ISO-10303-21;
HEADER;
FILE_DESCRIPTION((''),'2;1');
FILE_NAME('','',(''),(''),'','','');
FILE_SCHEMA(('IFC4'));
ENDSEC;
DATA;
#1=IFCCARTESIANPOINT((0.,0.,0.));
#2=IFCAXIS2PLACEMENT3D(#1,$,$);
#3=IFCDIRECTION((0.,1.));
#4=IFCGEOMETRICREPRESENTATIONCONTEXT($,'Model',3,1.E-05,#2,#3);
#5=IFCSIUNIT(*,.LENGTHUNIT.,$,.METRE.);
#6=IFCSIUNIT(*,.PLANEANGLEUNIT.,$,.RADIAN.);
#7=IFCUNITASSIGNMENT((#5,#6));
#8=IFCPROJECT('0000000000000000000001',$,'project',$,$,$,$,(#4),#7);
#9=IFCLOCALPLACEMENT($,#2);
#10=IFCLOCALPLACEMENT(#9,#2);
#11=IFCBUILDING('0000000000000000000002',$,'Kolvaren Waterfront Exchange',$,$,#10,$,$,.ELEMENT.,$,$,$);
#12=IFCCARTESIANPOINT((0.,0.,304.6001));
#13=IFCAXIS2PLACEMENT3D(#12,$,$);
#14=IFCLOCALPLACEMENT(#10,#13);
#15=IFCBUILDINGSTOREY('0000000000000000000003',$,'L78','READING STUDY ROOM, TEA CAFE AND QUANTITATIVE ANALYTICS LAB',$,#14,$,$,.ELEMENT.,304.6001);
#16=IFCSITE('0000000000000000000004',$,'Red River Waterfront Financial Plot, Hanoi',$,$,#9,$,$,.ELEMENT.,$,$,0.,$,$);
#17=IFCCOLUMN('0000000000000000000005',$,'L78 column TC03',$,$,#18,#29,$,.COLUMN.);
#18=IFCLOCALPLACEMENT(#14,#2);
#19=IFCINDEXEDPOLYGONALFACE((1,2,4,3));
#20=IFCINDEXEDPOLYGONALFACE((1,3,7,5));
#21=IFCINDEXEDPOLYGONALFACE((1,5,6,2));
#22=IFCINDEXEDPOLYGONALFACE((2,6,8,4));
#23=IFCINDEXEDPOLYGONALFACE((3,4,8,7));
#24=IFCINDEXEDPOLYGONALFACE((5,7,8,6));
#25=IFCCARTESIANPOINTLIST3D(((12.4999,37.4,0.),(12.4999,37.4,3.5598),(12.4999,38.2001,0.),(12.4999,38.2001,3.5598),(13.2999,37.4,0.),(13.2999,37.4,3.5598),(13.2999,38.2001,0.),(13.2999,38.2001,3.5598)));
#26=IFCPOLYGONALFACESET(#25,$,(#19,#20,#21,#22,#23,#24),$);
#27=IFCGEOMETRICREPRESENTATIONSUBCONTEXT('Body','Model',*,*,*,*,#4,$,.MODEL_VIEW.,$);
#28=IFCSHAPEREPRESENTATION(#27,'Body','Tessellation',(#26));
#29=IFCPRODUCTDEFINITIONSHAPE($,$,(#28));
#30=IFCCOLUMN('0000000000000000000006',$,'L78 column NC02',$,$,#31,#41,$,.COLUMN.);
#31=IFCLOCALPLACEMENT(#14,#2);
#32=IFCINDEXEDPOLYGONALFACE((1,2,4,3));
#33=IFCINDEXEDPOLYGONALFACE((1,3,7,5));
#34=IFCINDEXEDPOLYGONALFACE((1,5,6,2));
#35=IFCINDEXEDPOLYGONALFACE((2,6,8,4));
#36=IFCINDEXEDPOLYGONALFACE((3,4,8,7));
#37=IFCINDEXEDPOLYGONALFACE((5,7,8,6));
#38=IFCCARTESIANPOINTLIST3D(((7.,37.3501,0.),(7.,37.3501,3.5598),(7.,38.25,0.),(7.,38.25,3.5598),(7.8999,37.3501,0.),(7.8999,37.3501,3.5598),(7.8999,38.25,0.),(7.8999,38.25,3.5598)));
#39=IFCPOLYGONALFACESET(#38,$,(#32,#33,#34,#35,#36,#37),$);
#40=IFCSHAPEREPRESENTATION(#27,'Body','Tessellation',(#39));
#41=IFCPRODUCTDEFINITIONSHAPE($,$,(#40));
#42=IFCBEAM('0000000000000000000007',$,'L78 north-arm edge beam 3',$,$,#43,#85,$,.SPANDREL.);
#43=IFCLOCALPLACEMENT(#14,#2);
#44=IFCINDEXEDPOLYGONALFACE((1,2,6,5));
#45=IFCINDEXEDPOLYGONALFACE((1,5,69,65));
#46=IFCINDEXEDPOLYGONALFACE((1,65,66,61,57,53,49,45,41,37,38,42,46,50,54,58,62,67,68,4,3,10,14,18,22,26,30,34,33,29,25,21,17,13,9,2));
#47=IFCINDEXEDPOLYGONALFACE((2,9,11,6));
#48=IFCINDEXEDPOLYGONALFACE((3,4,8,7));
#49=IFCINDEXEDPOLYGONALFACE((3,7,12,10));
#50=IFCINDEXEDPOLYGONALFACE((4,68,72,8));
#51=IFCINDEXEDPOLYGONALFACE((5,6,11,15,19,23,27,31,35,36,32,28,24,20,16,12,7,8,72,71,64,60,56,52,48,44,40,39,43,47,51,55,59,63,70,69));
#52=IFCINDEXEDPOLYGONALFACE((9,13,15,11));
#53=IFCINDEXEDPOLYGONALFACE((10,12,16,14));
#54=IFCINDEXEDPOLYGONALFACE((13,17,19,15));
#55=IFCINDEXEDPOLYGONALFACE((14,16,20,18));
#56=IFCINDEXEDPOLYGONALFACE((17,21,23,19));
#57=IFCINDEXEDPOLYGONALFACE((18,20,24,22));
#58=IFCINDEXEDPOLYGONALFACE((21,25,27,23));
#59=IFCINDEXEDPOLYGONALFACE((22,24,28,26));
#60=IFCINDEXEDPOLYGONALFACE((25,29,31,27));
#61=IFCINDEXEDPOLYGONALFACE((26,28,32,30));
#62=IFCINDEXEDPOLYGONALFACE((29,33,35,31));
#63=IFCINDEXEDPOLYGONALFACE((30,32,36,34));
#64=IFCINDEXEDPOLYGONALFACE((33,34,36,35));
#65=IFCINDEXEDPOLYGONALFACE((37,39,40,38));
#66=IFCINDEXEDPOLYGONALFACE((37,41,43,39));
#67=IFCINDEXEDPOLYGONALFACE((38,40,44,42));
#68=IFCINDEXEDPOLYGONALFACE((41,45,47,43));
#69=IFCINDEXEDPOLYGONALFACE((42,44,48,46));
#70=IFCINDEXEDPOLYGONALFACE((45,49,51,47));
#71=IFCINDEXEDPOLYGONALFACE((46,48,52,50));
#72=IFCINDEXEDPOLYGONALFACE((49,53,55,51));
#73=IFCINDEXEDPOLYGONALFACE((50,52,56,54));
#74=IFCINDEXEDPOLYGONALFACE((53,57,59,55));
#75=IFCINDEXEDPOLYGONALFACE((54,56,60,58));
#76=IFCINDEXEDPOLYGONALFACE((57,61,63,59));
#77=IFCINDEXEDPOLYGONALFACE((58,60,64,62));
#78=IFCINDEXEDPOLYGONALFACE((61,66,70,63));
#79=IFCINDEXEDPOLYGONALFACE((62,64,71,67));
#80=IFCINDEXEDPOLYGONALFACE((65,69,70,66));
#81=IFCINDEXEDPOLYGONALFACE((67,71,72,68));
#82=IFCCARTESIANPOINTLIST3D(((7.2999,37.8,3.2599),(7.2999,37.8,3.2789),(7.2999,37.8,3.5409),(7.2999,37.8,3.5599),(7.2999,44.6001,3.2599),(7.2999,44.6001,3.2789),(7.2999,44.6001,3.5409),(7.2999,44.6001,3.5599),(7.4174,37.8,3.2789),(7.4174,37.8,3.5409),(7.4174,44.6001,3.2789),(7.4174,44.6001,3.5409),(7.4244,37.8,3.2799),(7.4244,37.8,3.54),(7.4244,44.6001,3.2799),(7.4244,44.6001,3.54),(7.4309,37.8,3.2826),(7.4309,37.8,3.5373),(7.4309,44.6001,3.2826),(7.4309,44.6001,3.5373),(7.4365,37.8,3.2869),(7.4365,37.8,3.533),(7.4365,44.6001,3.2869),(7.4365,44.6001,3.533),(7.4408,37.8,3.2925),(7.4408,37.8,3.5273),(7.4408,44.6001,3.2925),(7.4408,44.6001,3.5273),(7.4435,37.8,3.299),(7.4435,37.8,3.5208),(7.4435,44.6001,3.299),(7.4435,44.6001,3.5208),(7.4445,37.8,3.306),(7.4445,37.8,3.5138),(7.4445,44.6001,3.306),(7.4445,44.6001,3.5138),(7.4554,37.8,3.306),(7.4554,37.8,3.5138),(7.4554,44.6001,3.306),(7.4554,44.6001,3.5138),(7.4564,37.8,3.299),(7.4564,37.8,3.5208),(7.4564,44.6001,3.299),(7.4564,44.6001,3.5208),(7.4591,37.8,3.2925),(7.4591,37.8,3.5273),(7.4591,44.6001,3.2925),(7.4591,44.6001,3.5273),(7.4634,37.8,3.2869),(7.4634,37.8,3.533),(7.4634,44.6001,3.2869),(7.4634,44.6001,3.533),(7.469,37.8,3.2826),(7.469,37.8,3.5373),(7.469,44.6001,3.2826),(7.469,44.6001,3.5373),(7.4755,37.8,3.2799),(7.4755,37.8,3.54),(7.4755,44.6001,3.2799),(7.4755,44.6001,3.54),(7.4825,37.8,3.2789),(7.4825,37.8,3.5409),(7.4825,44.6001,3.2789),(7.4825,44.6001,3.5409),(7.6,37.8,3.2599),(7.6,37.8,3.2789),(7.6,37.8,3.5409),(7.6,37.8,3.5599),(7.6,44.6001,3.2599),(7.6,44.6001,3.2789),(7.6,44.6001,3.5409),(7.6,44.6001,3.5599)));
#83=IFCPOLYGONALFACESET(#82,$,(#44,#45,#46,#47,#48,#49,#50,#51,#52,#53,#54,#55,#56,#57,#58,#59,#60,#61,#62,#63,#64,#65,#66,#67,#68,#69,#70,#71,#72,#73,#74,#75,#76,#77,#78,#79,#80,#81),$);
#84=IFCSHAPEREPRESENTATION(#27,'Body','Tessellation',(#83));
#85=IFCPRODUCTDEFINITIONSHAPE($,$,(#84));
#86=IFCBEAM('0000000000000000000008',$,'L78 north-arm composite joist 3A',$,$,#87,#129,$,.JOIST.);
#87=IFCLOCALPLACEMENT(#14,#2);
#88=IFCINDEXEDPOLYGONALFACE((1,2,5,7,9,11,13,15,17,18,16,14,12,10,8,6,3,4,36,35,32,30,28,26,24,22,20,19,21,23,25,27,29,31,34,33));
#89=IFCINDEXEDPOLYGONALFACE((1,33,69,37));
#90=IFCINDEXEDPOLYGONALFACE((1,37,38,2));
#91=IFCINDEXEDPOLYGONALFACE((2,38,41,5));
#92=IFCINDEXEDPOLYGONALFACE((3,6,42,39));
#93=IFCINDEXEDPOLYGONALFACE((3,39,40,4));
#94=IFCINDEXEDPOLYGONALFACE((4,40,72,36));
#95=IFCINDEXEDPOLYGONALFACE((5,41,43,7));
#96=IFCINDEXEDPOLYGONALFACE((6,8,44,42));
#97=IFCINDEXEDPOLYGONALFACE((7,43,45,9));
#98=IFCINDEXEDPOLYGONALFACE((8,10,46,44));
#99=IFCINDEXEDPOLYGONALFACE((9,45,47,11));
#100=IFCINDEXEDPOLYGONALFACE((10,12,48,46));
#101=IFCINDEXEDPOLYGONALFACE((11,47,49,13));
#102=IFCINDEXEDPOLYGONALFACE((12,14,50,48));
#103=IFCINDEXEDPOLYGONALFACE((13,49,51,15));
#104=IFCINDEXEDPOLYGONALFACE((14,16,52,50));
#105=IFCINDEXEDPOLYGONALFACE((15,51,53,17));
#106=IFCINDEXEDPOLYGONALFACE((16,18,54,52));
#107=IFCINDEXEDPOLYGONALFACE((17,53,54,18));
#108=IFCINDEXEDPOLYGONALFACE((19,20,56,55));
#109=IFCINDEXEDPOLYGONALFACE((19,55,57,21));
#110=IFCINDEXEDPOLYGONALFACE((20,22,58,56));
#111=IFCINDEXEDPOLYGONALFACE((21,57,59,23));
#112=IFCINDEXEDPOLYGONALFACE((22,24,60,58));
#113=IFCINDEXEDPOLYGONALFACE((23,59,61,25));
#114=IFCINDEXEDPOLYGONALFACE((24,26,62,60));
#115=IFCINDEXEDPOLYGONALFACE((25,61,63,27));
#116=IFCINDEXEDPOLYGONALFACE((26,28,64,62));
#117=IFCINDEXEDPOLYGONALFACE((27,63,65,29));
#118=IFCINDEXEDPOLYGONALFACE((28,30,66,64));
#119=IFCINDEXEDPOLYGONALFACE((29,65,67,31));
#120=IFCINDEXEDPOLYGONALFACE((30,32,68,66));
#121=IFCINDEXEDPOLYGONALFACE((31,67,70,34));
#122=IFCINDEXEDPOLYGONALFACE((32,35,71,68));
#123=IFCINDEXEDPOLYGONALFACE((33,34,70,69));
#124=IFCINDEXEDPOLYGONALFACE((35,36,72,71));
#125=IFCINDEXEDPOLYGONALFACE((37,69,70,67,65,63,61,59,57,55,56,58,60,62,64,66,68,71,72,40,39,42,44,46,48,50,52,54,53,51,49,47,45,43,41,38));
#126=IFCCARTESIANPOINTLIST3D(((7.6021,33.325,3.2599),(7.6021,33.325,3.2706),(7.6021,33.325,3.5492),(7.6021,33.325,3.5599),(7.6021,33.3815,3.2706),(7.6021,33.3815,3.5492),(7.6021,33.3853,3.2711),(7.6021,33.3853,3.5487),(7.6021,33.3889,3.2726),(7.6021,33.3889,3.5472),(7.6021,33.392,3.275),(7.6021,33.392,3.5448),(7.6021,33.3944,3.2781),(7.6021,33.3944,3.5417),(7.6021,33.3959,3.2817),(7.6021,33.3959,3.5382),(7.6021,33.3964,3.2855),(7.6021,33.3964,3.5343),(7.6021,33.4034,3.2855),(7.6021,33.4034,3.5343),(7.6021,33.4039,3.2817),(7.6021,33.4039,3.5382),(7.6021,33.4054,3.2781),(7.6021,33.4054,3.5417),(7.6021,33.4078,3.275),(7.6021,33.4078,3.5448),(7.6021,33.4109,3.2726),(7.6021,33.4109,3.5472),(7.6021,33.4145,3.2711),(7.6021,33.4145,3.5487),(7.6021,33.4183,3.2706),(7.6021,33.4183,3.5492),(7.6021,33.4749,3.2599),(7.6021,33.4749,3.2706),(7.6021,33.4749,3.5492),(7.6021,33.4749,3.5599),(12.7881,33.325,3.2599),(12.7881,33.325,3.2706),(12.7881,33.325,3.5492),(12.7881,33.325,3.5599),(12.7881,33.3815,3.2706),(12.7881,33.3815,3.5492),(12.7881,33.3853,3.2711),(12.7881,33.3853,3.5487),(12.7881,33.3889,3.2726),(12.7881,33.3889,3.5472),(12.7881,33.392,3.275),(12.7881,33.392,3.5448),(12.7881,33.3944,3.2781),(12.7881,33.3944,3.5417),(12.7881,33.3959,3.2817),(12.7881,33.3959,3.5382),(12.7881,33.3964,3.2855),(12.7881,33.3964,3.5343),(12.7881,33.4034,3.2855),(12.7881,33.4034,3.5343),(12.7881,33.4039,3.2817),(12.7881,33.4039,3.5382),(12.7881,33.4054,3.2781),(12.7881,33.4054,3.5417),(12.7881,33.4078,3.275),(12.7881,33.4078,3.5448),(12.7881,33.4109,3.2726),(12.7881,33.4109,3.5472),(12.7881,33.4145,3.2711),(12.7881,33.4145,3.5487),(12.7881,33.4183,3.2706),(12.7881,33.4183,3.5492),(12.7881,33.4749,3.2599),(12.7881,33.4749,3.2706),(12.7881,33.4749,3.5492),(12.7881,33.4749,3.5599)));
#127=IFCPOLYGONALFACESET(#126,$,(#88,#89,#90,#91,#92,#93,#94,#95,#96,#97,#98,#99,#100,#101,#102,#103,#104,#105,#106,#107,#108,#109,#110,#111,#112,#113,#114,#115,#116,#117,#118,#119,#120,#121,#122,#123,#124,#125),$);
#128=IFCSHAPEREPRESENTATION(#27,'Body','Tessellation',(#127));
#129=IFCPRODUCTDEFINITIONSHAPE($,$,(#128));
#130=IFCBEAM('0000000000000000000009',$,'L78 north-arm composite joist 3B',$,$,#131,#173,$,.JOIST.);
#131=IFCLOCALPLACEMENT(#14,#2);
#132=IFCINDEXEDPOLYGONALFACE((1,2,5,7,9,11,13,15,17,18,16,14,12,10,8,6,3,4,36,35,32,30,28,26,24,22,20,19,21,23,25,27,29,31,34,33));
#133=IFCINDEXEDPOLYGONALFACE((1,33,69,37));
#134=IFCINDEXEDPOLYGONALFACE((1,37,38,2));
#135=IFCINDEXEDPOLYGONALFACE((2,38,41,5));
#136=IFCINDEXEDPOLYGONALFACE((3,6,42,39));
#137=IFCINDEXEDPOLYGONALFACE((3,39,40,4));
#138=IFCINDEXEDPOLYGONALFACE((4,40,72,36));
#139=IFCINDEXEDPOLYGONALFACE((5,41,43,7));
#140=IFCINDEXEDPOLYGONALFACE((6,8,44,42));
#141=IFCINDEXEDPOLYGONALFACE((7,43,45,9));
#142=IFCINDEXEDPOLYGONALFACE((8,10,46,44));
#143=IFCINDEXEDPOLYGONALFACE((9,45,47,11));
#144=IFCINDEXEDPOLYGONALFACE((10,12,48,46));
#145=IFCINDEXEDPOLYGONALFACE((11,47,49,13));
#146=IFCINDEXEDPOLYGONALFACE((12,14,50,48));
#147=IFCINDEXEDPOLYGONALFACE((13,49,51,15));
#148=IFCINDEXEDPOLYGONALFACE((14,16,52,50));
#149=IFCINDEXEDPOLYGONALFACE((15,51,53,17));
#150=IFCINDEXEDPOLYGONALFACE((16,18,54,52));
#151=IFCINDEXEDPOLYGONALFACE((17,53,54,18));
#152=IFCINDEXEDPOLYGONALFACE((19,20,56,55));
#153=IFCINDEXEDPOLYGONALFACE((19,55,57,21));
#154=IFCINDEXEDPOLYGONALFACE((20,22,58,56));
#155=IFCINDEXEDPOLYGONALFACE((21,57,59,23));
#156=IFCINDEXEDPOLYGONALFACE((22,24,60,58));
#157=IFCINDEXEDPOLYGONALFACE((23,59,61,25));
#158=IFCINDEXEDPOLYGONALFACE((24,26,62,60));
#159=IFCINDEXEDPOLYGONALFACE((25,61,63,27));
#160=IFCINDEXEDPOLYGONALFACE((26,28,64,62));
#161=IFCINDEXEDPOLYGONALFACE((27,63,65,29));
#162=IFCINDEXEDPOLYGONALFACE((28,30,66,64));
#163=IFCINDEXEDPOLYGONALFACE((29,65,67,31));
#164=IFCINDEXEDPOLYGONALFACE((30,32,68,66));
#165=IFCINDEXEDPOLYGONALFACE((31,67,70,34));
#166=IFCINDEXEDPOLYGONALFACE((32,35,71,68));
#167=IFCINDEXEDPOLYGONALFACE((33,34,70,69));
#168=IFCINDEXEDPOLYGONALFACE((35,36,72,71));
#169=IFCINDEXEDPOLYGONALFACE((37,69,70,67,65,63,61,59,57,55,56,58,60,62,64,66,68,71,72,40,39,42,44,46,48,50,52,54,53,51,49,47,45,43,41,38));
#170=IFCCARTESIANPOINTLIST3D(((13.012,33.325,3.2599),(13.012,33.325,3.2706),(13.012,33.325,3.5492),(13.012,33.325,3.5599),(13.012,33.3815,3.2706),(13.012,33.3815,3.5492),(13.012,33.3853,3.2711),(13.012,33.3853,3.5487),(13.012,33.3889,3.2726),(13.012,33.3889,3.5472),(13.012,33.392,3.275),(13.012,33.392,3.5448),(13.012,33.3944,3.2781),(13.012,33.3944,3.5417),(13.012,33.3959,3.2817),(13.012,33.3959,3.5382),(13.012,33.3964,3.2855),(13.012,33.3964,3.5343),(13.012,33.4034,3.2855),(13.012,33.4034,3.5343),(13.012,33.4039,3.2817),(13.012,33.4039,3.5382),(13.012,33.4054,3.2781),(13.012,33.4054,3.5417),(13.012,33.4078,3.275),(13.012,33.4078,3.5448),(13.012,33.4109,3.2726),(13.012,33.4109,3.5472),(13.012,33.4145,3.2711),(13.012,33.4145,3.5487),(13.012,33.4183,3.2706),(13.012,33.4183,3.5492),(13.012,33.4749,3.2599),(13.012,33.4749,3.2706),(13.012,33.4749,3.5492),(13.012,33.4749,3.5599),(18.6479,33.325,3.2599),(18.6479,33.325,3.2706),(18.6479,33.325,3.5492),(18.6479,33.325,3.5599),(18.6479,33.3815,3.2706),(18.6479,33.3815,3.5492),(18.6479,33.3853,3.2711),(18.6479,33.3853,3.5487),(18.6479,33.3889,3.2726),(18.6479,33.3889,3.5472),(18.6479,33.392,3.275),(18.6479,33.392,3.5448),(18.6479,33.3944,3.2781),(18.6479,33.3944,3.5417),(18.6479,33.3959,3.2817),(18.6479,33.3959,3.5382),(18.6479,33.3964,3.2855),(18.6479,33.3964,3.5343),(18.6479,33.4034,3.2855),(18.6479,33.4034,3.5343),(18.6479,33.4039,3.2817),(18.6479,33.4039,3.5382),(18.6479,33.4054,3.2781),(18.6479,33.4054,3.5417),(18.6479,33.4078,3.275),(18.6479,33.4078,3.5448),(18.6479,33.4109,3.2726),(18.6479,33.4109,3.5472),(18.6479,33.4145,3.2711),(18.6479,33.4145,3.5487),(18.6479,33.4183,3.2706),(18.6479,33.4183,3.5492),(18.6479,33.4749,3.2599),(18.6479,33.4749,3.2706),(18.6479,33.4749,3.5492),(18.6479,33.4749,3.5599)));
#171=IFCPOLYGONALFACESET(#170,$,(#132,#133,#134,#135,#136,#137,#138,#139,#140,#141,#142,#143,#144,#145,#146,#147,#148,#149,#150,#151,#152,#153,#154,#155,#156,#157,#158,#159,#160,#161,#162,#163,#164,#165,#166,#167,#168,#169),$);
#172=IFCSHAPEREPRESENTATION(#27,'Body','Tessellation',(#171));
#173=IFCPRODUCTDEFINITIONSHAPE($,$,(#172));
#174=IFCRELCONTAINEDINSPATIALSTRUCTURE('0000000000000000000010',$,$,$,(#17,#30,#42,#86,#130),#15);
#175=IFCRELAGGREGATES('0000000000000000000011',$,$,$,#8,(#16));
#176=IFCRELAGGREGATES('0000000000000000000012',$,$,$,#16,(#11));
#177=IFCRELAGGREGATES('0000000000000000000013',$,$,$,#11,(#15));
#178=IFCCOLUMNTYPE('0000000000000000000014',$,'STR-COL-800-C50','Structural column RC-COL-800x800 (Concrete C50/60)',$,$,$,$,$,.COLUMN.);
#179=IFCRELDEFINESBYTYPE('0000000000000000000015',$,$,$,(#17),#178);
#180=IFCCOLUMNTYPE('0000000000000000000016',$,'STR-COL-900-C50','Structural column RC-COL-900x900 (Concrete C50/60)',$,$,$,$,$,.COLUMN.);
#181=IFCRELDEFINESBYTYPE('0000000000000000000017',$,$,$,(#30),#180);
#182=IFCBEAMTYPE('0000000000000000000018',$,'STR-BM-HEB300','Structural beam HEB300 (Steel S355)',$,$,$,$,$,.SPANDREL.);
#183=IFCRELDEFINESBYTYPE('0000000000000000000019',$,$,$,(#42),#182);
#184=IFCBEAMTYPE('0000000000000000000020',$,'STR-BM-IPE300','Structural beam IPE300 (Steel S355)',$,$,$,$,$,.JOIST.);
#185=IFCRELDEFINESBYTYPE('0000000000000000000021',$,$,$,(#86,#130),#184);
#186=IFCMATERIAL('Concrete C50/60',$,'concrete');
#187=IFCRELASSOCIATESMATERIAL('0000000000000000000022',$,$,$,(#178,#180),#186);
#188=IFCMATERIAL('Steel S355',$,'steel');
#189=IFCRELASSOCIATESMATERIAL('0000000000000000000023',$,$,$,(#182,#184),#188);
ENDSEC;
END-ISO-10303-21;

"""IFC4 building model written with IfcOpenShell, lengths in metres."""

from ifc_helpers import new_model, si_unit, direction, frame, origin, origin_2d, place, context, subcontext, project, spatial, rectangle, i_section, extrude, material, material_profile, profile_set, type_object, element, save


model = new_model("IFC4")

# Units and contexts
model_context = context("Model", 3, precision=1e-05, world=origin(), true_north=direction((0.0, 1.0)))
body_context = subcontext(model_context, "Body", "Model", "MODEL_VIEW")
ifc_project = project(units=[si_unit("LENGTHUNIT", "METRE"), si_unit("PLANEANGLEUNIT", "RADIAN")], contexts=[model_context])

# Site, building, storey
site_placement = place(None, origin())
site = spatial("IfcSite", under=ifc_project, at=site_placement, Name="Red River Waterfront Financial Plot, Hanoi", CompositionType="ELEMENT", RefElevation=0.0)
building_placement = place(site_placement, origin())
building = spatial("IfcBuilding", under=site, at=building_placement, Name="Kolvaren Waterfront Exchange", CompositionType="ELEMENT")
storey_placement = place(building_placement, frame((0.0, 0.0, 304.6001)))
storey = spatial("IfcBuildingStorey", under=building, at=storey_placement, Name="L78", Description="READING STUDY ROOM, TEA CAFE AND QUANTITATIVE ANALYTICS LAB", CompositionType="ELEMENT", Elevation=304.6001)

# Columns
ifc_material_1 = material(Name="Concrete C50/60", Category="concrete")
ifc_material_profile_1 = material_profile(ifc_material_1, rectangle(XDim=0.8, YDim=0.8, at=origin_2d()), Name="RC-COL-800x800")
ifc_profile_set_1 = profile_set([ifc_material_profile_1], Name="Concrete C50/60")
column_type_1 = type_object("IfcColumnType", Name="STR-COL-800-C50", Description="Structural column RC-COL-800x800 (Concrete C50/60)", PredefinedType="COLUMN", material=ifc_profile_set_1)
column_1_placement = place(storey_placement, frame((12.8999, 37.8, 0.0), z_axis=(0.0, 0.0, 1.0), x_axis=(1.0, 0.0, 0.0)))
element("IfcColumn", 1, at=column_1_placement, inside=storey, type_object=column_type_1, Name="L78 column TC03", PredefinedType="COLUMN", context=body_context, shape_type="SweptSolid", body=[
    extrude(rectangle(XDim=0.8, YDim=0.8, at=origin_2d()), origin(), (0.0, 0.0, 1.0), 3.5598),
])
ifc_material_profile_2 = material_profile(ifc_material_1, rectangle(XDim=0.8999, YDim=0.8999, at=origin_2d()), Name="RC-COL-900x900")
ifc_profile_set_2 = profile_set([ifc_material_profile_2], Name="Concrete C50/60")
column_type_2 = type_object("IfcColumnType", Name="STR-COL-900-C50", Description="Structural column RC-COL-900x900 (Concrete C50/60)", PredefinedType="COLUMN", material=ifc_profile_set_2)
column_2_placement = place(storey_placement, frame((7.45, 37.8, 0.0), z_axis=(0.0, 0.0, 1.0), x_axis=(1.0, 0.0, 0.0)))
element("IfcColumn", 2, at=column_2_placement, inside=storey, type_object=column_type_2, Name="L78 column NC02", PredefinedType="COLUMN", context=body_context, shape_type="SweptSolid", body=[
    extrude(rectangle(XDim=0.8999, YDim=0.8999, at=origin_2d()), origin(), (0.0, 0.0, 1.0), 3.5598),
])

# Beams
ifc_material_2 = material(Name="Steel S355", Category="steel")
ifc_material_profile_3 = material_profile(ifc_material_2, i_section(OverallWidth=0.3, OverallDepth=0.3, WebThickness=0.011, FlangeThickness=0.019, FilletRadius=0.0271, at=origin_2d()), Name="HEB300")
ifc_profile_set_3 = profile_set([ifc_material_profile_3], Name="Steel S355")
beam_type_1 = type_object("IfcBeamType", Name="STR-BM-HEB300", Description="Structural beam HEB300 (Steel S355)", PredefinedType="SPANDREL", material=ifc_profile_set_3)
beam_1_placement = place(storey_placement, frame((7.45, 37.8, 3.4099), z_axis=(0.0, 1.0, 0.0), x_axis=(-1.0, 0.0, 0.0)))
element("IfcBeam", 3, at=beam_1_placement, inside=storey, type_object=beam_type_1, Name="L78 north-arm edge beam 3", PredefinedType="SPANDREL", context=body_context, shape_type="SweptSolid", body=[
    extrude(i_section(OverallWidth=0.3, OverallDepth=0.3, WebThickness=0.011, FlangeThickness=0.019, FilletRadius=0.0271, at=origin_2d()), origin(), (0.0, 0.0, 1.0), 6.8),
])
ifc_material_profile_4 = material_profile(ifc_material_2, i_section(OverallWidth=0.1499, OverallDepth=0.3, WebThickness=0.0071, FlangeThickness=0.0107, FilletRadius=0.0149, at=origin_2d()), Name="IPE300")
ifc_profile_set_4 = profile_set([ifc_material_profile_4], Name="Steel S355")
beam_type_2 = type_object("IfcBeamType", Name="STR-BM-IPE300", Description="Structural beam IPE300 (Steel S355)", PredefinedType="JOIST", material=ifc_profile_set_4)
beam_2_placement = place(storey_placement, frame((7.6021, 33.3999, 3.4099), z_axis=(1.0, 0.0, 0.0), x_axis=(0.0, 1.0, 0.0)))
element("IfcBeam", 4, at=beam_2_placement, inside=storey, type_object=beam_type_2, Name="L78 north-arm composite joist 3A", PredefinedType="JOIST", context=body_context, shape_type="SweptSolid", body=[
    extrude(i_section(OverallWidth=0.1499, OverallDepth=0.3, WebThickness=0.0071, FlangeThickness=0.0107, FilletRadius=0.0149, at=origin_2d()), origin(), (0.0, 0.0, 1.0), 5.186),
])
beam_3_placement = place(storey_placement, frame((13.012, 33.3999, 3.4099), z_axis=(1.0, 0.0, 0.0), x_axis=(0.0, 1.0, 0.0)))
element("IfcBeam", 5, at=beam_3_placement, inside=storey, type_object=beam_type_2, Name="L78 north-arm composite joist 3B", PredefinedType="JOIST", context=body_context, shape_type="SweptSolid", body=[
    extrude(i_section(OverallWidth=0.1499, OverallDepth=0.3, WebThickness=0.0071, FlangeThickness=0.0107, FilletRadius=0.0149, at=origin_2d()), origin(), (0.0, 0.0, 1.0), 5.636),
])

save(model, "model.ifc")
